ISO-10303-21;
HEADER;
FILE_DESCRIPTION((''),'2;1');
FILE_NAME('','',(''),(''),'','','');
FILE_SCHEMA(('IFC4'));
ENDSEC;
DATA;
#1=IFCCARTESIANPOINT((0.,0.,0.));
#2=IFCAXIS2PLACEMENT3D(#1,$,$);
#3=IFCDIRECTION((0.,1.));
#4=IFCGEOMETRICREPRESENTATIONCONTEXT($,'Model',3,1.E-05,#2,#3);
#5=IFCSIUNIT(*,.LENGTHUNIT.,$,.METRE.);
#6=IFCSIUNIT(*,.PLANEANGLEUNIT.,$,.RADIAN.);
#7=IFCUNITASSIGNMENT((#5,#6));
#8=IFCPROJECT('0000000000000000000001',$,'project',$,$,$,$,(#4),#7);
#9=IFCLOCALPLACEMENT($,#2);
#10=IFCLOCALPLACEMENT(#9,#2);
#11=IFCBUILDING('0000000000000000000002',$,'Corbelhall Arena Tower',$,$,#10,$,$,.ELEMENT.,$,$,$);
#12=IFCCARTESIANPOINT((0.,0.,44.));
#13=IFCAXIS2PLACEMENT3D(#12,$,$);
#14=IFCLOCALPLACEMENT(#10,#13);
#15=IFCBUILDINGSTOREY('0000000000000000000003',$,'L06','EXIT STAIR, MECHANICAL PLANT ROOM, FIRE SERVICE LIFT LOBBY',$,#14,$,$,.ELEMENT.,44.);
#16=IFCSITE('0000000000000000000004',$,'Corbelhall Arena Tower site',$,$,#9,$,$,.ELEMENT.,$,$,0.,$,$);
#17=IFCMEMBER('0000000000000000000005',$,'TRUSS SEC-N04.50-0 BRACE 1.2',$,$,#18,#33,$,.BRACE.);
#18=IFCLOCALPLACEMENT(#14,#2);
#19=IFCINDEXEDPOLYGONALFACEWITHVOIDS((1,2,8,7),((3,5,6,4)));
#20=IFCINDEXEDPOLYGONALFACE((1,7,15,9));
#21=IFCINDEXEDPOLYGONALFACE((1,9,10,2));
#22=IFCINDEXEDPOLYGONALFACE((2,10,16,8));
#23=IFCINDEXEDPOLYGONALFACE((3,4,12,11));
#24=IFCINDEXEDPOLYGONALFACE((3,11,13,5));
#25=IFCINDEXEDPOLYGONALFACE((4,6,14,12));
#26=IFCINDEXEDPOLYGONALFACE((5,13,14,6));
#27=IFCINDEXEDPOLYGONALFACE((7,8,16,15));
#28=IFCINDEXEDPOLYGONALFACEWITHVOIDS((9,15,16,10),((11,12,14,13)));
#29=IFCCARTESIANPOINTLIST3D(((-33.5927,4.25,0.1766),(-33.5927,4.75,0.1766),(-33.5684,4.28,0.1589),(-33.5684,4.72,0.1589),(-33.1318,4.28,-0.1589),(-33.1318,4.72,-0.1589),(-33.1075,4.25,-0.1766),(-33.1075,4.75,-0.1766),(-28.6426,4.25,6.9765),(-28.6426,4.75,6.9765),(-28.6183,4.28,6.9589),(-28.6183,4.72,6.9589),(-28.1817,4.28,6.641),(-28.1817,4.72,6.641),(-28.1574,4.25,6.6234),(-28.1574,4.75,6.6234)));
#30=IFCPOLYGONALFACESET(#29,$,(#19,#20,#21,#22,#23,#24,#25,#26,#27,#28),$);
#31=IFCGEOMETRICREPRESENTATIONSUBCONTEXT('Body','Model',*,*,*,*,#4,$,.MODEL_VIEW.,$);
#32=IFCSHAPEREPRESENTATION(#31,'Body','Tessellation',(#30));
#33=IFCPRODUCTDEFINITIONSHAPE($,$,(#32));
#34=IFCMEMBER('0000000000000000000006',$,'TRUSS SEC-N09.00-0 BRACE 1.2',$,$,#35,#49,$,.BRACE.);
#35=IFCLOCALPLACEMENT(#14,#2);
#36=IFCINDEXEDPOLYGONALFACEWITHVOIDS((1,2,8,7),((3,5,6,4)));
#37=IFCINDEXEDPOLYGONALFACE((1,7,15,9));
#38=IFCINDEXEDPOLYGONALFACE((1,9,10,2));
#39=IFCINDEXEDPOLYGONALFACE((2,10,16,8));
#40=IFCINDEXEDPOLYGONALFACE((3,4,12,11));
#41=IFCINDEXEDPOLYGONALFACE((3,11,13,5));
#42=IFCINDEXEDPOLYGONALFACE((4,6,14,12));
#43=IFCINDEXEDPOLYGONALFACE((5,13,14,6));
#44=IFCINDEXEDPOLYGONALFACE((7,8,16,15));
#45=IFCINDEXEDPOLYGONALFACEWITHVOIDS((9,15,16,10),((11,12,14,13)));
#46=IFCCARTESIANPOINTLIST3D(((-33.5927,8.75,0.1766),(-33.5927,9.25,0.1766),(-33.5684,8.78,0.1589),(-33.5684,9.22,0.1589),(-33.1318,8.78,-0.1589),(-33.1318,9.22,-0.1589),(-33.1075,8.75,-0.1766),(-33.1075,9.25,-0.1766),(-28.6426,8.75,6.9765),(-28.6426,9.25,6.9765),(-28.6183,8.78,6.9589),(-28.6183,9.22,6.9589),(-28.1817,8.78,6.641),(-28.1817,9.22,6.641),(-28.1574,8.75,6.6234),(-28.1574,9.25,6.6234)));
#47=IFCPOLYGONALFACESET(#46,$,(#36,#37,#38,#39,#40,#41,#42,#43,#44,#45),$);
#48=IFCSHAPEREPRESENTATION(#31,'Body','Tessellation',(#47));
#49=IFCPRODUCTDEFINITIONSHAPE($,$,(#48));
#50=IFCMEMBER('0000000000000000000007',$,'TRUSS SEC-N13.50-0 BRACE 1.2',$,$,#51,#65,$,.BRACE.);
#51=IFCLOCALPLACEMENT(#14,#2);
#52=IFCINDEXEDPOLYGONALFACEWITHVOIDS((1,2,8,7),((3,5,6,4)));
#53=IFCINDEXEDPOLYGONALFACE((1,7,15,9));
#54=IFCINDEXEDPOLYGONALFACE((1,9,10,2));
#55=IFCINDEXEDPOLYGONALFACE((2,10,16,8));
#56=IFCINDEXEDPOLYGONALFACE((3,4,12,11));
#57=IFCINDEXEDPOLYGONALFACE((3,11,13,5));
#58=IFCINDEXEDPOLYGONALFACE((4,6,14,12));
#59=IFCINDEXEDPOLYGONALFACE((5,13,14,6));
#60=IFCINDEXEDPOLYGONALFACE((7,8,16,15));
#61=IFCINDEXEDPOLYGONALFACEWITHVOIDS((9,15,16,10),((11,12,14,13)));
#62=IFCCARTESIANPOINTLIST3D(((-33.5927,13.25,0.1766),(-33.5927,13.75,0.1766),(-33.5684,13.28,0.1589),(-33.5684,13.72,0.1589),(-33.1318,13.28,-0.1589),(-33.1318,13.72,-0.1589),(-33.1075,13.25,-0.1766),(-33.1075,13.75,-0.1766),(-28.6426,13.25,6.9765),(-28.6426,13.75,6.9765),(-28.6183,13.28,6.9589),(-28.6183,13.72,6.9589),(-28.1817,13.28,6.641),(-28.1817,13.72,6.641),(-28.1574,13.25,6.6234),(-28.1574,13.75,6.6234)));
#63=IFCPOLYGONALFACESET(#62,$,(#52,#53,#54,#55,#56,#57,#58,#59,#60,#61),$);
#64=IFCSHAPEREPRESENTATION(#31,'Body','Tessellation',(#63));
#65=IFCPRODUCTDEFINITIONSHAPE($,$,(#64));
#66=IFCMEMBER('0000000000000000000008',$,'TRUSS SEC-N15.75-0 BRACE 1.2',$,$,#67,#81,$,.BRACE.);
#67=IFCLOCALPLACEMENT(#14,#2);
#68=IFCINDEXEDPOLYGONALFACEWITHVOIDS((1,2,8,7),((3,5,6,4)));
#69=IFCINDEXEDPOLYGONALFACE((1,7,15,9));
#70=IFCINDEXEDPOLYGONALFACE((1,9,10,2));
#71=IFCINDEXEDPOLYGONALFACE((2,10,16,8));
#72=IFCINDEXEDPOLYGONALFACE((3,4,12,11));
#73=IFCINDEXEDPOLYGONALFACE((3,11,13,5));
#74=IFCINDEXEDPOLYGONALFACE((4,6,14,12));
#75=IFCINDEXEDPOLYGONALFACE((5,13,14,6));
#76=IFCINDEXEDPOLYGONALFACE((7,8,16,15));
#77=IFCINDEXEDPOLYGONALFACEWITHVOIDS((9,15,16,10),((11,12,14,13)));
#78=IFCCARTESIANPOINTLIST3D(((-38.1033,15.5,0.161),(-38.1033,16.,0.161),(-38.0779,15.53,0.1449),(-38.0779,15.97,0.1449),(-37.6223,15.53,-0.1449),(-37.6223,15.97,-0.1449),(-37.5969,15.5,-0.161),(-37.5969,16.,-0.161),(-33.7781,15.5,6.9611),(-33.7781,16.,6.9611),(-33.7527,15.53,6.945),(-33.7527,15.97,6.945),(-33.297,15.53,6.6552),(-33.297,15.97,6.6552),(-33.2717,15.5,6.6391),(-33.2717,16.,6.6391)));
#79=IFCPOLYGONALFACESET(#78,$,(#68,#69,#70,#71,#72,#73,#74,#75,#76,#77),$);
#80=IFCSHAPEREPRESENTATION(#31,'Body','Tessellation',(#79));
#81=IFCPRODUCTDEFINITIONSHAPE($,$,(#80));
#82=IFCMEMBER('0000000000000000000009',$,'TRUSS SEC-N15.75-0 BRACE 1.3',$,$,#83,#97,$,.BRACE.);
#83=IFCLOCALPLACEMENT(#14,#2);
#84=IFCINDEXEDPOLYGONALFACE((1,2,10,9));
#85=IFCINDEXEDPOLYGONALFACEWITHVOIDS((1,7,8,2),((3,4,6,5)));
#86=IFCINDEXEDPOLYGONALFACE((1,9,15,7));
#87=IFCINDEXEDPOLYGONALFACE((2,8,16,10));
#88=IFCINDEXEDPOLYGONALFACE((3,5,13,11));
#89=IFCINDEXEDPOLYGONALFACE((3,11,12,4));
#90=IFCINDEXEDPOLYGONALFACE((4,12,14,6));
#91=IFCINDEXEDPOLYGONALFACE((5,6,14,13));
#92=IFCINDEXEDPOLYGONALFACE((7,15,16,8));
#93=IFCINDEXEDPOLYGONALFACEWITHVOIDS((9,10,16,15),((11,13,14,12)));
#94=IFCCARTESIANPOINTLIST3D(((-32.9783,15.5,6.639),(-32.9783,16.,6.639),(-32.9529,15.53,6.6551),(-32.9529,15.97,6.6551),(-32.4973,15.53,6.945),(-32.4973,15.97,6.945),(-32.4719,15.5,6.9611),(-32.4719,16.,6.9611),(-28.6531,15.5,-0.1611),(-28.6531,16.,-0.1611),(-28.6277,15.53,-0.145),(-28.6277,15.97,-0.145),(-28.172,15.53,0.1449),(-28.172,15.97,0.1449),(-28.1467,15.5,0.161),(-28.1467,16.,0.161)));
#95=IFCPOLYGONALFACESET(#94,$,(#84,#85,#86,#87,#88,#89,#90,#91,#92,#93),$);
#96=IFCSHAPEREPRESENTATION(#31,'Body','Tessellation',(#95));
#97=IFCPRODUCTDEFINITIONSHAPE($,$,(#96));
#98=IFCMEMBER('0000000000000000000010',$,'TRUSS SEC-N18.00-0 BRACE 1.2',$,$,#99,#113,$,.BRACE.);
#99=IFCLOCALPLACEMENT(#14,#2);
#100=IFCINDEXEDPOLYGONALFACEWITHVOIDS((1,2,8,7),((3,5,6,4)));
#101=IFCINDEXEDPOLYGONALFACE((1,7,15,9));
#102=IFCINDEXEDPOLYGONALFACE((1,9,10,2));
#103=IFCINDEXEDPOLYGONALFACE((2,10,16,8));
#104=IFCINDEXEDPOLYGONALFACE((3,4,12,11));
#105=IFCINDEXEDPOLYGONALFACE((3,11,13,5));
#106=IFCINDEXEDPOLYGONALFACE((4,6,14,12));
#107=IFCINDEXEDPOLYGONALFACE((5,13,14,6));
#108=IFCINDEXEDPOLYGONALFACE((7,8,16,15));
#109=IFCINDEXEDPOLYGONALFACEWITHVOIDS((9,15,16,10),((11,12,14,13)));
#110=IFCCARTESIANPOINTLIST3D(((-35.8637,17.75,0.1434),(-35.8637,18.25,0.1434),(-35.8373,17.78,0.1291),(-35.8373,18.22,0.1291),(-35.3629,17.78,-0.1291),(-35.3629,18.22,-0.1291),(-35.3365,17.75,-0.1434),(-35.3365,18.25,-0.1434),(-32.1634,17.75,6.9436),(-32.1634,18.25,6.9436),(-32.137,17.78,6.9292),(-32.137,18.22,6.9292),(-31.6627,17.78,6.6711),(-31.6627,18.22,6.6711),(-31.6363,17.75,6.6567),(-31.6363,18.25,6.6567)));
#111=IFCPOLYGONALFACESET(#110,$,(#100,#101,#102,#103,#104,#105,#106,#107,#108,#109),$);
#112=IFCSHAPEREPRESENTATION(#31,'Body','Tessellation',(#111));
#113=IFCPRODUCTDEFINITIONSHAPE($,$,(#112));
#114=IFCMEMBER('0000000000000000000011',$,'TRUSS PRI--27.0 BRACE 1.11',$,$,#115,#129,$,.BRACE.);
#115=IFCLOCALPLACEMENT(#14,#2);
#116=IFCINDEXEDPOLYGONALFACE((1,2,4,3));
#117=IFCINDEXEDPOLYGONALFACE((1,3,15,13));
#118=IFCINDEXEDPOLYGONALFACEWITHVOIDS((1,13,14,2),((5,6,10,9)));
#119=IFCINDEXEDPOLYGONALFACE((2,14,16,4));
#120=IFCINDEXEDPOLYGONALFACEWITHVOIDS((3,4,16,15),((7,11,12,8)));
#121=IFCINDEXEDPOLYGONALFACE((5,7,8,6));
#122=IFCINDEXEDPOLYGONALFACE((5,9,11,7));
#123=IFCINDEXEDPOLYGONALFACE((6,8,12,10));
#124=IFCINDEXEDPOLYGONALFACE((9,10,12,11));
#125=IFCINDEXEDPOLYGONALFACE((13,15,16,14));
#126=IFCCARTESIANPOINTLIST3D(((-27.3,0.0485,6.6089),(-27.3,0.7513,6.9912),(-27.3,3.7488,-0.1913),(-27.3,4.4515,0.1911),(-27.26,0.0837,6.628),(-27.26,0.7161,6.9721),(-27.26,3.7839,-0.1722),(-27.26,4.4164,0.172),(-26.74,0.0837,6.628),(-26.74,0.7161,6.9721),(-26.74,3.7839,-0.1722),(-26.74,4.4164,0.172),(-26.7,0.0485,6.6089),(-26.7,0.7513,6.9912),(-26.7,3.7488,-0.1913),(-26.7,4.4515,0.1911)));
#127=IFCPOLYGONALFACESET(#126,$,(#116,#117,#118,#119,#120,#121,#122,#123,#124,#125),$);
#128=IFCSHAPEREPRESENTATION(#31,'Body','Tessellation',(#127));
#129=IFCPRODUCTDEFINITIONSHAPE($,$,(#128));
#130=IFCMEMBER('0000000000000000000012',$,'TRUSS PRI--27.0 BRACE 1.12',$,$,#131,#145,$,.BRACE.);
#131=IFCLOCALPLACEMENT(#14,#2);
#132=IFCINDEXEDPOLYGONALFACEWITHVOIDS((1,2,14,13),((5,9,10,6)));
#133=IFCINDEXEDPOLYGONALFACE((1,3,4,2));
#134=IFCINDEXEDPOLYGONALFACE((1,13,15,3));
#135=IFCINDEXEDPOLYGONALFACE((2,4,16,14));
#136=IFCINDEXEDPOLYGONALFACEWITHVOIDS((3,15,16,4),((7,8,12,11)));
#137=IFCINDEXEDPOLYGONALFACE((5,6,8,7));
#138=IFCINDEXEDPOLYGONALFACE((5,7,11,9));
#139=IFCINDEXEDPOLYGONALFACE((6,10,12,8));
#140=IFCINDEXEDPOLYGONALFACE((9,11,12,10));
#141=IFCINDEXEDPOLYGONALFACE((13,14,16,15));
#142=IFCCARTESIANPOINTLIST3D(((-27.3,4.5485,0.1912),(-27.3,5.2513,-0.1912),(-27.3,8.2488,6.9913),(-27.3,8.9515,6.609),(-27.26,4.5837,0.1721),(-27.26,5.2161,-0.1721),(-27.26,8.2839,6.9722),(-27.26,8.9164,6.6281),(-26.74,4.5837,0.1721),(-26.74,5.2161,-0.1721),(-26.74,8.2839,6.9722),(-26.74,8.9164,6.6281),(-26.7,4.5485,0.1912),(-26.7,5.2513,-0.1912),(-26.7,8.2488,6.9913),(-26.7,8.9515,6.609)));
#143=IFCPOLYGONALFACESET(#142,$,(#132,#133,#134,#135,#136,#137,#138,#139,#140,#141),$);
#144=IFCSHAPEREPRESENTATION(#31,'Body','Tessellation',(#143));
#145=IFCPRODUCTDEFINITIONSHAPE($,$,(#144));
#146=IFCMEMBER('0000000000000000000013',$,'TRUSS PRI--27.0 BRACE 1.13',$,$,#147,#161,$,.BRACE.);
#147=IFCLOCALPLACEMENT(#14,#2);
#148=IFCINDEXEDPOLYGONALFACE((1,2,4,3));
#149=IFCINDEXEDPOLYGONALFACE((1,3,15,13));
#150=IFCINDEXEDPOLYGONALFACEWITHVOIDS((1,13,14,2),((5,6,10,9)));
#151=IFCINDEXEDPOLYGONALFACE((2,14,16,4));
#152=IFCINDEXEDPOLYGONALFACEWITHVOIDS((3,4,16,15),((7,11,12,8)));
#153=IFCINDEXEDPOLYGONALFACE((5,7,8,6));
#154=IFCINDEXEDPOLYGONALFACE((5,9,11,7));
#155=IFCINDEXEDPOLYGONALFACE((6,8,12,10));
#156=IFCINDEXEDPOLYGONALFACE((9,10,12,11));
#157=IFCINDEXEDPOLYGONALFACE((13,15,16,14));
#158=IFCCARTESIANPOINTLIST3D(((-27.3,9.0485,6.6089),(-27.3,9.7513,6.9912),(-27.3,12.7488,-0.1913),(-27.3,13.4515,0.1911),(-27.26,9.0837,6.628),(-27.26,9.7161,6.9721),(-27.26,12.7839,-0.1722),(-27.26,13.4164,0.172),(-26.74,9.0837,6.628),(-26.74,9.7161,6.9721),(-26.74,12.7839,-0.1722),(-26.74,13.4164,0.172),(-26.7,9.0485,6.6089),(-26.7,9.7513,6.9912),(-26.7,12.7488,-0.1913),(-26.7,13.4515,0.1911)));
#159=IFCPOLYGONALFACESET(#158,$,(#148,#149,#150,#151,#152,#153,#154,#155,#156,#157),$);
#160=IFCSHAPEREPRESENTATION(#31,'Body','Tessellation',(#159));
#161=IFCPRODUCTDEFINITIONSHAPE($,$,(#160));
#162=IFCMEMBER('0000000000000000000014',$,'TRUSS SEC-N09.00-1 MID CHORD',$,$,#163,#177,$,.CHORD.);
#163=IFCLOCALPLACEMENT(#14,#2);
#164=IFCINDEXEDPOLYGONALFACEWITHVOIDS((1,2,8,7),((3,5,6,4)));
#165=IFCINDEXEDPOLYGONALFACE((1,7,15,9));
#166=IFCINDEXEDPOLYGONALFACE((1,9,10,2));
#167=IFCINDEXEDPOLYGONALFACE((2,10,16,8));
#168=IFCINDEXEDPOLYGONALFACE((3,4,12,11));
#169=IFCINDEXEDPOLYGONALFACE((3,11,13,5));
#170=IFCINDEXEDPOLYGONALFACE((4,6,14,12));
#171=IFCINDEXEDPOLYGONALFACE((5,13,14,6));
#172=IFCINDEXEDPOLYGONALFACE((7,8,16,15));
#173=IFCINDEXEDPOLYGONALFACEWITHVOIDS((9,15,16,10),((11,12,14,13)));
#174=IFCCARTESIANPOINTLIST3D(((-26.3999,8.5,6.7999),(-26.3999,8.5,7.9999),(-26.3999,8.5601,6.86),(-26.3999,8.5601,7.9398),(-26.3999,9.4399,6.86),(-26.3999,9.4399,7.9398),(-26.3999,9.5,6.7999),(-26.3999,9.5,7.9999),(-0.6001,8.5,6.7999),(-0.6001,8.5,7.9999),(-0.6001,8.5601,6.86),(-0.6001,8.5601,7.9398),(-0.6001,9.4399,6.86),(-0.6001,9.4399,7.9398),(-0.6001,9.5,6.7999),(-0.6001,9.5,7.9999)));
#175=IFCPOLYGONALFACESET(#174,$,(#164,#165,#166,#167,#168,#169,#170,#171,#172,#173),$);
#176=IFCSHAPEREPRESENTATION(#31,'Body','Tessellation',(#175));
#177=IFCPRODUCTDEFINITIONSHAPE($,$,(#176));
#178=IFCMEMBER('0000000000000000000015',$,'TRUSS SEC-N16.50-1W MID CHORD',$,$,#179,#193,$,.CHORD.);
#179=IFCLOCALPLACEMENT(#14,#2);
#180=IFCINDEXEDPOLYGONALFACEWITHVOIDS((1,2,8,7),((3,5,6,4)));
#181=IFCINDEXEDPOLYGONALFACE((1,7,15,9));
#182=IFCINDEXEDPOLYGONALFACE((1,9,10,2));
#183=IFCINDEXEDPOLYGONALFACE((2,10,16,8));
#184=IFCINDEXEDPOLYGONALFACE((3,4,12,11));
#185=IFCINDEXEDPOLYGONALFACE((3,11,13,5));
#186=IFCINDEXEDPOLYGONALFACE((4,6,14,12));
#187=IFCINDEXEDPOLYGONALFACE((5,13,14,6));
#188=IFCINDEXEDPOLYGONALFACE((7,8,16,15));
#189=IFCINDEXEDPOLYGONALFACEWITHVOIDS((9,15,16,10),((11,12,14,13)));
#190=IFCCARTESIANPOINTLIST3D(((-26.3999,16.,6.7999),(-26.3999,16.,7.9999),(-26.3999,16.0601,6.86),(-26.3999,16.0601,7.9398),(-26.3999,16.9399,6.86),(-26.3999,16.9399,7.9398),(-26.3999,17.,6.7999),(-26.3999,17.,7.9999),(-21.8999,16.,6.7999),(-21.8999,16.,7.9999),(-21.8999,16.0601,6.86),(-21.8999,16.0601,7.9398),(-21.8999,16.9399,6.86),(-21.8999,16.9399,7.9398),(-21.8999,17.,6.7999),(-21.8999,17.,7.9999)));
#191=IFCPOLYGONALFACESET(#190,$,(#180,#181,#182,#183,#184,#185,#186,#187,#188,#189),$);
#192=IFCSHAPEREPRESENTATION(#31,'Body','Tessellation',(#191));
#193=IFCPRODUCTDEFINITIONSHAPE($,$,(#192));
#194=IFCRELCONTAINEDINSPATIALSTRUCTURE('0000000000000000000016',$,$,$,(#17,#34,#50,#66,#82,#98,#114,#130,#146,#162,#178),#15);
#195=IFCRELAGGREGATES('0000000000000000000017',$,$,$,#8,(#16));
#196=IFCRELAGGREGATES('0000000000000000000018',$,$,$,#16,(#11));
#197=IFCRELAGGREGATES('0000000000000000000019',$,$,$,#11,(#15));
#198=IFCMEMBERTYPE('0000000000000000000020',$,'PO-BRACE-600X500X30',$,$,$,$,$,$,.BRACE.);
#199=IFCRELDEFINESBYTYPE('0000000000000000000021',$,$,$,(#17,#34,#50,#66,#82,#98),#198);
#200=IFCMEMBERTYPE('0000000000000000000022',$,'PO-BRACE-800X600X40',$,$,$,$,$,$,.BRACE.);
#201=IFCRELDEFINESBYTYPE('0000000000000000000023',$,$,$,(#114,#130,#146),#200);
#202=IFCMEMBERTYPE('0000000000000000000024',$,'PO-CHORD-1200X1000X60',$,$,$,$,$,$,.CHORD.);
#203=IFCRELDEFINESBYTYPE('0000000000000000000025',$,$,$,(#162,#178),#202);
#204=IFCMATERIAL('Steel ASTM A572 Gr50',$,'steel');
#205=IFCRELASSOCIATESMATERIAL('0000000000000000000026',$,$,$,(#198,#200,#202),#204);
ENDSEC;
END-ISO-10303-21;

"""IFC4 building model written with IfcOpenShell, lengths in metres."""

from ifc_helpers import new_model, si_unit, direction, frame, origin, origin_2d, place, context, subcontext, project, spatial, hollow_rectangle, extrude, material, material_profile, profile_set, type_object, element, save


model = new_model("IFC4")

# Units and contexts
model_context = context("Model", 3, precision=1e-05, world=origin(), true_north=direction((0.0, 1.0)))
body_context = subcontext(model_context, "Body", "Model", "MODEL_VIEW")
ifc_project = project(units=[si_unit("LENGTHUNIT", "METRE"), si_unit("PLANEANGLEUNIT", "RADIAN")], contexts=[model_context])

# Site, building, storey
site_placement = place(None, origin())
site = spatial("IfcSite", under=ifc_project, at=site_placement, Name="Corbelhall Arena Tower site", CompositionType="ELEMENT", RefElevation=0.0)
building_placement = place(site_placement, origin())
building = spatial("IfcBuilding", under=site, at=building_placement, Name="Corbelhall Arena Tower", CompositionType="ELEMENT")
storey_placement = place(building_placement, frame((0.0, 0.0, 44.0)))
storey = spatial("IfcBuildingStorey", under=building, at=storey_placement, Name="L06", Description="EXIT STAIR, MECHANICAL PLANT ROOM, FIRE SERVICE LIFT LOBBY", CompositionType="ELEMENT", Elevation=44.0)

# Members
ifc_material = material(Name="Steel ASTM A572 Gr50", Category="steel")
ifc_material_profile_1 = material_profile(ifc_material, hollow_rectangle(XDim=0.5, YDim=0.6001, WallThickness=0.03, at=origin_2d()))
ifc_profile_set_1 = profile_set([ifc_material_profile_1], Name="Steel ASTM A572 Gr50")
member_type_1 = type_object("IfcMemberType", Name="PO-BRACE-600X500X30", PredefinedType="BRACE", material=ifc_profile_set_1)
for number, where, z_axis, x_axis, name in (
    (1, (-33.3501, 4.5, 0.0), (0.588538, 0.0, 0.80847), (0.0, 1.0, 0.0), "TRUSS SEC-N04.50-0 BRACE 1.2"),
    (2, (-33.3501, 9.0, 0.0), (0.588538, 0.0, 0.80847), (0.0, 1.0, 0.0), "TRUSS SEC-N09.00-0 BRACE 1.2"),
    (3, (-33.3501, 13.5, 0.0), (0.588538, 0.0, 0.80847), (0.0, 1.0, 0.0), "TRUSS SEC-N13.50-0 BRACE 1.2"),
):
    element("IfcMember", number, at=place(storey_placement, frame(where, z_axis=z_axis, x_axis=x_axis)), inside=storey, type_object=member_type_1, Name=name, PredefinedType="BRACE", context=body_context, shape_type="SweptSolid", body=[
        extrude(hollow_rectangle(XDim=0.5, YDim=0.6001, WallThickness=0.03, at=origin_2d()), origin(), (0.0, 0.0, 1.0), 8.4109),
    ])
for number, where, z_axis, x_axis, name in (
    (4, (-37.8501, 15.75, 0.0), (0.536689, 0.0, 0.84378), (0.0, 1.0, 0.0), "TRUSS SEC-N15.75-0 BRACE 1.2"),
    (5, (-32.7251, 15.75, 6.8), (0.536689, 0.0, -0.84378), (0.0, 1.0, 0.0), "TRUSS SEC-N15.75-0 BRACE 1.3"),
):
    element("IfcMember", number, at=place(storey_placement, frame(where, z_axis=z_axis, x_axis=x_axis)), inside=storey, type_object=member_type_1, Name=name, PredefinedType="BRACE", context=body_context, shape_type="SweptSolid", body=[
        extrude(hollow_rectangle(XDim=0.5, YDim=0.6001, WallThickness=0.03, at=origin_2d()), origin(), (0.0, 0.0, 1.0), 8.0591),
    ])
member_1_placement = place(storey_placement, frame((-35.6001, 18.0, 0.0), z_axis=(0.477964, 0.0, 0.87838), x_axis=(0.0, 1.0, 0.0)))
element("IfcMember", 6, at=member_1_placement, inside=storey, type_object=member_type_1, Name="TRUSS SEC-N18.00-0 BRACE 1.2", PredefinedType="BRACE", context=body_context, shape_type="SweptSolid", body=[
    extrude(hollow_rectangle(XDim=0.5, YDim=0.6001, WallThickness=0.03, at=origin_2d()), origin(), (0.0, 0.0, 1.0), 7.7417),
])
ifc_material_profile_2 = material_profile(ifc_material, hollow_rectangle(XDim=0.6001, YDim=0.8, WallThickness=0.04, at=origin_2d()))
ifc_profile_set_2 = profile_set([ifc_material_profile_2], Name="Steel ASTM A572 Gr50")
member_type_2 = type_object("IfcMemberType", Name="PO-BRACE-800X600X40", PredefinedType="BRACE", material=ifc_profile_set_2)
for number, where, z_axis, x_axis, name in (
    (7, (-27.0, 0.3999, 6.8), (0.0, 0.477964, -0.87838), (-1.0, 0.0, 0.0), "TRUSS PRI--27.0 BRACE 1.11"),
    (8, (-27.0, 4.8999, 0.0), (0.0, 0.477964, 0.87838), (-1.0, 0.0, 0.0), "TRUSS PRI--27.0 BRACE 1.12"),
    (9, (-27.0, 9.3999, 6.8), (0.0, 0.477964, -0.87838), (-1.0, 0.0, 0.0), "TRUSS PRI--27.0 BRACE 1.13"),
):
    element("IfcMember", number, at=place(storey_placement, frame(where, z_axis=z_axis, x_axis=x_axis)), inside=storey, type_object=member_type_2, Name=name, PredefinedType="BRACE", context=body_context, shape_type="SweptSolid", body=[
        extrude(hollow_rectangle(XDim=0.6001, YDim=0.8, WallThickness=0.04, at=origin_2d()), origin(), (0.0, 0.0, 1.0), 7.7417),
    ])
ifc_material_profile_3 = material_profile(ifc_material, hollow_rectangle(XDim=1.0, YDim=1.2, WallThickness=0.0601, at=origin_2d()))
ifc_profile_set_3 = profile_set([ifc_material_profile_3], Name="Steel ASTM A572 Gr50")
member_type_3 = type_object("IfcMemberType", Name="PO-CHORD-1200X1000X60", PredefinedType="CHORD", material=ifc_profile_set_3)
member_2_placement = place(storey_placement, frame((-26.3999, 9.0, 7.3999), z_axis=(1.0, 0.0, 0.0), x_axis=(0.0, 1.0, 0.0)))
element("IfcMember", 10, at=member_2_placement, inside=storey, type_object=member_type_3, Name="TRUSS SEC-N09.00-1 MID CHORD", PredefinedType="CHORD", context=body_context, shape_type="SweptSolid", body=[
    extrude(hollow_rectangle(XDim=1.0, YDim=1.2, WallThickness=0.0601, at=origin_2d()), origin(), (0.0, 0.0, 1.0), 25.7998),
])
member_3_placement = place(storey_placement, frame((-26.3999, 16.5, 7.3999), z_axis=(1.0, 0.0, 0.0), x_axis=(0.0, 1.0, 0.0)))
element("IfcMember", 11, at=member_3_placement, inside=storey, type_object=member_type_3, Name="TRUSS SEC-N16.50-1W MID CHORD", PredefinedType="CHORD", context=body_context, shape_type="SweptSolid", body=[
    extrude(hollow_rectangle(XDim=1.0, YDim=1.2, WallThickness=0.0601, at=origin_2d()), origin(), (0.0, 0.0, 1.0), 4.5),
])

save(model, "model.ifc")
